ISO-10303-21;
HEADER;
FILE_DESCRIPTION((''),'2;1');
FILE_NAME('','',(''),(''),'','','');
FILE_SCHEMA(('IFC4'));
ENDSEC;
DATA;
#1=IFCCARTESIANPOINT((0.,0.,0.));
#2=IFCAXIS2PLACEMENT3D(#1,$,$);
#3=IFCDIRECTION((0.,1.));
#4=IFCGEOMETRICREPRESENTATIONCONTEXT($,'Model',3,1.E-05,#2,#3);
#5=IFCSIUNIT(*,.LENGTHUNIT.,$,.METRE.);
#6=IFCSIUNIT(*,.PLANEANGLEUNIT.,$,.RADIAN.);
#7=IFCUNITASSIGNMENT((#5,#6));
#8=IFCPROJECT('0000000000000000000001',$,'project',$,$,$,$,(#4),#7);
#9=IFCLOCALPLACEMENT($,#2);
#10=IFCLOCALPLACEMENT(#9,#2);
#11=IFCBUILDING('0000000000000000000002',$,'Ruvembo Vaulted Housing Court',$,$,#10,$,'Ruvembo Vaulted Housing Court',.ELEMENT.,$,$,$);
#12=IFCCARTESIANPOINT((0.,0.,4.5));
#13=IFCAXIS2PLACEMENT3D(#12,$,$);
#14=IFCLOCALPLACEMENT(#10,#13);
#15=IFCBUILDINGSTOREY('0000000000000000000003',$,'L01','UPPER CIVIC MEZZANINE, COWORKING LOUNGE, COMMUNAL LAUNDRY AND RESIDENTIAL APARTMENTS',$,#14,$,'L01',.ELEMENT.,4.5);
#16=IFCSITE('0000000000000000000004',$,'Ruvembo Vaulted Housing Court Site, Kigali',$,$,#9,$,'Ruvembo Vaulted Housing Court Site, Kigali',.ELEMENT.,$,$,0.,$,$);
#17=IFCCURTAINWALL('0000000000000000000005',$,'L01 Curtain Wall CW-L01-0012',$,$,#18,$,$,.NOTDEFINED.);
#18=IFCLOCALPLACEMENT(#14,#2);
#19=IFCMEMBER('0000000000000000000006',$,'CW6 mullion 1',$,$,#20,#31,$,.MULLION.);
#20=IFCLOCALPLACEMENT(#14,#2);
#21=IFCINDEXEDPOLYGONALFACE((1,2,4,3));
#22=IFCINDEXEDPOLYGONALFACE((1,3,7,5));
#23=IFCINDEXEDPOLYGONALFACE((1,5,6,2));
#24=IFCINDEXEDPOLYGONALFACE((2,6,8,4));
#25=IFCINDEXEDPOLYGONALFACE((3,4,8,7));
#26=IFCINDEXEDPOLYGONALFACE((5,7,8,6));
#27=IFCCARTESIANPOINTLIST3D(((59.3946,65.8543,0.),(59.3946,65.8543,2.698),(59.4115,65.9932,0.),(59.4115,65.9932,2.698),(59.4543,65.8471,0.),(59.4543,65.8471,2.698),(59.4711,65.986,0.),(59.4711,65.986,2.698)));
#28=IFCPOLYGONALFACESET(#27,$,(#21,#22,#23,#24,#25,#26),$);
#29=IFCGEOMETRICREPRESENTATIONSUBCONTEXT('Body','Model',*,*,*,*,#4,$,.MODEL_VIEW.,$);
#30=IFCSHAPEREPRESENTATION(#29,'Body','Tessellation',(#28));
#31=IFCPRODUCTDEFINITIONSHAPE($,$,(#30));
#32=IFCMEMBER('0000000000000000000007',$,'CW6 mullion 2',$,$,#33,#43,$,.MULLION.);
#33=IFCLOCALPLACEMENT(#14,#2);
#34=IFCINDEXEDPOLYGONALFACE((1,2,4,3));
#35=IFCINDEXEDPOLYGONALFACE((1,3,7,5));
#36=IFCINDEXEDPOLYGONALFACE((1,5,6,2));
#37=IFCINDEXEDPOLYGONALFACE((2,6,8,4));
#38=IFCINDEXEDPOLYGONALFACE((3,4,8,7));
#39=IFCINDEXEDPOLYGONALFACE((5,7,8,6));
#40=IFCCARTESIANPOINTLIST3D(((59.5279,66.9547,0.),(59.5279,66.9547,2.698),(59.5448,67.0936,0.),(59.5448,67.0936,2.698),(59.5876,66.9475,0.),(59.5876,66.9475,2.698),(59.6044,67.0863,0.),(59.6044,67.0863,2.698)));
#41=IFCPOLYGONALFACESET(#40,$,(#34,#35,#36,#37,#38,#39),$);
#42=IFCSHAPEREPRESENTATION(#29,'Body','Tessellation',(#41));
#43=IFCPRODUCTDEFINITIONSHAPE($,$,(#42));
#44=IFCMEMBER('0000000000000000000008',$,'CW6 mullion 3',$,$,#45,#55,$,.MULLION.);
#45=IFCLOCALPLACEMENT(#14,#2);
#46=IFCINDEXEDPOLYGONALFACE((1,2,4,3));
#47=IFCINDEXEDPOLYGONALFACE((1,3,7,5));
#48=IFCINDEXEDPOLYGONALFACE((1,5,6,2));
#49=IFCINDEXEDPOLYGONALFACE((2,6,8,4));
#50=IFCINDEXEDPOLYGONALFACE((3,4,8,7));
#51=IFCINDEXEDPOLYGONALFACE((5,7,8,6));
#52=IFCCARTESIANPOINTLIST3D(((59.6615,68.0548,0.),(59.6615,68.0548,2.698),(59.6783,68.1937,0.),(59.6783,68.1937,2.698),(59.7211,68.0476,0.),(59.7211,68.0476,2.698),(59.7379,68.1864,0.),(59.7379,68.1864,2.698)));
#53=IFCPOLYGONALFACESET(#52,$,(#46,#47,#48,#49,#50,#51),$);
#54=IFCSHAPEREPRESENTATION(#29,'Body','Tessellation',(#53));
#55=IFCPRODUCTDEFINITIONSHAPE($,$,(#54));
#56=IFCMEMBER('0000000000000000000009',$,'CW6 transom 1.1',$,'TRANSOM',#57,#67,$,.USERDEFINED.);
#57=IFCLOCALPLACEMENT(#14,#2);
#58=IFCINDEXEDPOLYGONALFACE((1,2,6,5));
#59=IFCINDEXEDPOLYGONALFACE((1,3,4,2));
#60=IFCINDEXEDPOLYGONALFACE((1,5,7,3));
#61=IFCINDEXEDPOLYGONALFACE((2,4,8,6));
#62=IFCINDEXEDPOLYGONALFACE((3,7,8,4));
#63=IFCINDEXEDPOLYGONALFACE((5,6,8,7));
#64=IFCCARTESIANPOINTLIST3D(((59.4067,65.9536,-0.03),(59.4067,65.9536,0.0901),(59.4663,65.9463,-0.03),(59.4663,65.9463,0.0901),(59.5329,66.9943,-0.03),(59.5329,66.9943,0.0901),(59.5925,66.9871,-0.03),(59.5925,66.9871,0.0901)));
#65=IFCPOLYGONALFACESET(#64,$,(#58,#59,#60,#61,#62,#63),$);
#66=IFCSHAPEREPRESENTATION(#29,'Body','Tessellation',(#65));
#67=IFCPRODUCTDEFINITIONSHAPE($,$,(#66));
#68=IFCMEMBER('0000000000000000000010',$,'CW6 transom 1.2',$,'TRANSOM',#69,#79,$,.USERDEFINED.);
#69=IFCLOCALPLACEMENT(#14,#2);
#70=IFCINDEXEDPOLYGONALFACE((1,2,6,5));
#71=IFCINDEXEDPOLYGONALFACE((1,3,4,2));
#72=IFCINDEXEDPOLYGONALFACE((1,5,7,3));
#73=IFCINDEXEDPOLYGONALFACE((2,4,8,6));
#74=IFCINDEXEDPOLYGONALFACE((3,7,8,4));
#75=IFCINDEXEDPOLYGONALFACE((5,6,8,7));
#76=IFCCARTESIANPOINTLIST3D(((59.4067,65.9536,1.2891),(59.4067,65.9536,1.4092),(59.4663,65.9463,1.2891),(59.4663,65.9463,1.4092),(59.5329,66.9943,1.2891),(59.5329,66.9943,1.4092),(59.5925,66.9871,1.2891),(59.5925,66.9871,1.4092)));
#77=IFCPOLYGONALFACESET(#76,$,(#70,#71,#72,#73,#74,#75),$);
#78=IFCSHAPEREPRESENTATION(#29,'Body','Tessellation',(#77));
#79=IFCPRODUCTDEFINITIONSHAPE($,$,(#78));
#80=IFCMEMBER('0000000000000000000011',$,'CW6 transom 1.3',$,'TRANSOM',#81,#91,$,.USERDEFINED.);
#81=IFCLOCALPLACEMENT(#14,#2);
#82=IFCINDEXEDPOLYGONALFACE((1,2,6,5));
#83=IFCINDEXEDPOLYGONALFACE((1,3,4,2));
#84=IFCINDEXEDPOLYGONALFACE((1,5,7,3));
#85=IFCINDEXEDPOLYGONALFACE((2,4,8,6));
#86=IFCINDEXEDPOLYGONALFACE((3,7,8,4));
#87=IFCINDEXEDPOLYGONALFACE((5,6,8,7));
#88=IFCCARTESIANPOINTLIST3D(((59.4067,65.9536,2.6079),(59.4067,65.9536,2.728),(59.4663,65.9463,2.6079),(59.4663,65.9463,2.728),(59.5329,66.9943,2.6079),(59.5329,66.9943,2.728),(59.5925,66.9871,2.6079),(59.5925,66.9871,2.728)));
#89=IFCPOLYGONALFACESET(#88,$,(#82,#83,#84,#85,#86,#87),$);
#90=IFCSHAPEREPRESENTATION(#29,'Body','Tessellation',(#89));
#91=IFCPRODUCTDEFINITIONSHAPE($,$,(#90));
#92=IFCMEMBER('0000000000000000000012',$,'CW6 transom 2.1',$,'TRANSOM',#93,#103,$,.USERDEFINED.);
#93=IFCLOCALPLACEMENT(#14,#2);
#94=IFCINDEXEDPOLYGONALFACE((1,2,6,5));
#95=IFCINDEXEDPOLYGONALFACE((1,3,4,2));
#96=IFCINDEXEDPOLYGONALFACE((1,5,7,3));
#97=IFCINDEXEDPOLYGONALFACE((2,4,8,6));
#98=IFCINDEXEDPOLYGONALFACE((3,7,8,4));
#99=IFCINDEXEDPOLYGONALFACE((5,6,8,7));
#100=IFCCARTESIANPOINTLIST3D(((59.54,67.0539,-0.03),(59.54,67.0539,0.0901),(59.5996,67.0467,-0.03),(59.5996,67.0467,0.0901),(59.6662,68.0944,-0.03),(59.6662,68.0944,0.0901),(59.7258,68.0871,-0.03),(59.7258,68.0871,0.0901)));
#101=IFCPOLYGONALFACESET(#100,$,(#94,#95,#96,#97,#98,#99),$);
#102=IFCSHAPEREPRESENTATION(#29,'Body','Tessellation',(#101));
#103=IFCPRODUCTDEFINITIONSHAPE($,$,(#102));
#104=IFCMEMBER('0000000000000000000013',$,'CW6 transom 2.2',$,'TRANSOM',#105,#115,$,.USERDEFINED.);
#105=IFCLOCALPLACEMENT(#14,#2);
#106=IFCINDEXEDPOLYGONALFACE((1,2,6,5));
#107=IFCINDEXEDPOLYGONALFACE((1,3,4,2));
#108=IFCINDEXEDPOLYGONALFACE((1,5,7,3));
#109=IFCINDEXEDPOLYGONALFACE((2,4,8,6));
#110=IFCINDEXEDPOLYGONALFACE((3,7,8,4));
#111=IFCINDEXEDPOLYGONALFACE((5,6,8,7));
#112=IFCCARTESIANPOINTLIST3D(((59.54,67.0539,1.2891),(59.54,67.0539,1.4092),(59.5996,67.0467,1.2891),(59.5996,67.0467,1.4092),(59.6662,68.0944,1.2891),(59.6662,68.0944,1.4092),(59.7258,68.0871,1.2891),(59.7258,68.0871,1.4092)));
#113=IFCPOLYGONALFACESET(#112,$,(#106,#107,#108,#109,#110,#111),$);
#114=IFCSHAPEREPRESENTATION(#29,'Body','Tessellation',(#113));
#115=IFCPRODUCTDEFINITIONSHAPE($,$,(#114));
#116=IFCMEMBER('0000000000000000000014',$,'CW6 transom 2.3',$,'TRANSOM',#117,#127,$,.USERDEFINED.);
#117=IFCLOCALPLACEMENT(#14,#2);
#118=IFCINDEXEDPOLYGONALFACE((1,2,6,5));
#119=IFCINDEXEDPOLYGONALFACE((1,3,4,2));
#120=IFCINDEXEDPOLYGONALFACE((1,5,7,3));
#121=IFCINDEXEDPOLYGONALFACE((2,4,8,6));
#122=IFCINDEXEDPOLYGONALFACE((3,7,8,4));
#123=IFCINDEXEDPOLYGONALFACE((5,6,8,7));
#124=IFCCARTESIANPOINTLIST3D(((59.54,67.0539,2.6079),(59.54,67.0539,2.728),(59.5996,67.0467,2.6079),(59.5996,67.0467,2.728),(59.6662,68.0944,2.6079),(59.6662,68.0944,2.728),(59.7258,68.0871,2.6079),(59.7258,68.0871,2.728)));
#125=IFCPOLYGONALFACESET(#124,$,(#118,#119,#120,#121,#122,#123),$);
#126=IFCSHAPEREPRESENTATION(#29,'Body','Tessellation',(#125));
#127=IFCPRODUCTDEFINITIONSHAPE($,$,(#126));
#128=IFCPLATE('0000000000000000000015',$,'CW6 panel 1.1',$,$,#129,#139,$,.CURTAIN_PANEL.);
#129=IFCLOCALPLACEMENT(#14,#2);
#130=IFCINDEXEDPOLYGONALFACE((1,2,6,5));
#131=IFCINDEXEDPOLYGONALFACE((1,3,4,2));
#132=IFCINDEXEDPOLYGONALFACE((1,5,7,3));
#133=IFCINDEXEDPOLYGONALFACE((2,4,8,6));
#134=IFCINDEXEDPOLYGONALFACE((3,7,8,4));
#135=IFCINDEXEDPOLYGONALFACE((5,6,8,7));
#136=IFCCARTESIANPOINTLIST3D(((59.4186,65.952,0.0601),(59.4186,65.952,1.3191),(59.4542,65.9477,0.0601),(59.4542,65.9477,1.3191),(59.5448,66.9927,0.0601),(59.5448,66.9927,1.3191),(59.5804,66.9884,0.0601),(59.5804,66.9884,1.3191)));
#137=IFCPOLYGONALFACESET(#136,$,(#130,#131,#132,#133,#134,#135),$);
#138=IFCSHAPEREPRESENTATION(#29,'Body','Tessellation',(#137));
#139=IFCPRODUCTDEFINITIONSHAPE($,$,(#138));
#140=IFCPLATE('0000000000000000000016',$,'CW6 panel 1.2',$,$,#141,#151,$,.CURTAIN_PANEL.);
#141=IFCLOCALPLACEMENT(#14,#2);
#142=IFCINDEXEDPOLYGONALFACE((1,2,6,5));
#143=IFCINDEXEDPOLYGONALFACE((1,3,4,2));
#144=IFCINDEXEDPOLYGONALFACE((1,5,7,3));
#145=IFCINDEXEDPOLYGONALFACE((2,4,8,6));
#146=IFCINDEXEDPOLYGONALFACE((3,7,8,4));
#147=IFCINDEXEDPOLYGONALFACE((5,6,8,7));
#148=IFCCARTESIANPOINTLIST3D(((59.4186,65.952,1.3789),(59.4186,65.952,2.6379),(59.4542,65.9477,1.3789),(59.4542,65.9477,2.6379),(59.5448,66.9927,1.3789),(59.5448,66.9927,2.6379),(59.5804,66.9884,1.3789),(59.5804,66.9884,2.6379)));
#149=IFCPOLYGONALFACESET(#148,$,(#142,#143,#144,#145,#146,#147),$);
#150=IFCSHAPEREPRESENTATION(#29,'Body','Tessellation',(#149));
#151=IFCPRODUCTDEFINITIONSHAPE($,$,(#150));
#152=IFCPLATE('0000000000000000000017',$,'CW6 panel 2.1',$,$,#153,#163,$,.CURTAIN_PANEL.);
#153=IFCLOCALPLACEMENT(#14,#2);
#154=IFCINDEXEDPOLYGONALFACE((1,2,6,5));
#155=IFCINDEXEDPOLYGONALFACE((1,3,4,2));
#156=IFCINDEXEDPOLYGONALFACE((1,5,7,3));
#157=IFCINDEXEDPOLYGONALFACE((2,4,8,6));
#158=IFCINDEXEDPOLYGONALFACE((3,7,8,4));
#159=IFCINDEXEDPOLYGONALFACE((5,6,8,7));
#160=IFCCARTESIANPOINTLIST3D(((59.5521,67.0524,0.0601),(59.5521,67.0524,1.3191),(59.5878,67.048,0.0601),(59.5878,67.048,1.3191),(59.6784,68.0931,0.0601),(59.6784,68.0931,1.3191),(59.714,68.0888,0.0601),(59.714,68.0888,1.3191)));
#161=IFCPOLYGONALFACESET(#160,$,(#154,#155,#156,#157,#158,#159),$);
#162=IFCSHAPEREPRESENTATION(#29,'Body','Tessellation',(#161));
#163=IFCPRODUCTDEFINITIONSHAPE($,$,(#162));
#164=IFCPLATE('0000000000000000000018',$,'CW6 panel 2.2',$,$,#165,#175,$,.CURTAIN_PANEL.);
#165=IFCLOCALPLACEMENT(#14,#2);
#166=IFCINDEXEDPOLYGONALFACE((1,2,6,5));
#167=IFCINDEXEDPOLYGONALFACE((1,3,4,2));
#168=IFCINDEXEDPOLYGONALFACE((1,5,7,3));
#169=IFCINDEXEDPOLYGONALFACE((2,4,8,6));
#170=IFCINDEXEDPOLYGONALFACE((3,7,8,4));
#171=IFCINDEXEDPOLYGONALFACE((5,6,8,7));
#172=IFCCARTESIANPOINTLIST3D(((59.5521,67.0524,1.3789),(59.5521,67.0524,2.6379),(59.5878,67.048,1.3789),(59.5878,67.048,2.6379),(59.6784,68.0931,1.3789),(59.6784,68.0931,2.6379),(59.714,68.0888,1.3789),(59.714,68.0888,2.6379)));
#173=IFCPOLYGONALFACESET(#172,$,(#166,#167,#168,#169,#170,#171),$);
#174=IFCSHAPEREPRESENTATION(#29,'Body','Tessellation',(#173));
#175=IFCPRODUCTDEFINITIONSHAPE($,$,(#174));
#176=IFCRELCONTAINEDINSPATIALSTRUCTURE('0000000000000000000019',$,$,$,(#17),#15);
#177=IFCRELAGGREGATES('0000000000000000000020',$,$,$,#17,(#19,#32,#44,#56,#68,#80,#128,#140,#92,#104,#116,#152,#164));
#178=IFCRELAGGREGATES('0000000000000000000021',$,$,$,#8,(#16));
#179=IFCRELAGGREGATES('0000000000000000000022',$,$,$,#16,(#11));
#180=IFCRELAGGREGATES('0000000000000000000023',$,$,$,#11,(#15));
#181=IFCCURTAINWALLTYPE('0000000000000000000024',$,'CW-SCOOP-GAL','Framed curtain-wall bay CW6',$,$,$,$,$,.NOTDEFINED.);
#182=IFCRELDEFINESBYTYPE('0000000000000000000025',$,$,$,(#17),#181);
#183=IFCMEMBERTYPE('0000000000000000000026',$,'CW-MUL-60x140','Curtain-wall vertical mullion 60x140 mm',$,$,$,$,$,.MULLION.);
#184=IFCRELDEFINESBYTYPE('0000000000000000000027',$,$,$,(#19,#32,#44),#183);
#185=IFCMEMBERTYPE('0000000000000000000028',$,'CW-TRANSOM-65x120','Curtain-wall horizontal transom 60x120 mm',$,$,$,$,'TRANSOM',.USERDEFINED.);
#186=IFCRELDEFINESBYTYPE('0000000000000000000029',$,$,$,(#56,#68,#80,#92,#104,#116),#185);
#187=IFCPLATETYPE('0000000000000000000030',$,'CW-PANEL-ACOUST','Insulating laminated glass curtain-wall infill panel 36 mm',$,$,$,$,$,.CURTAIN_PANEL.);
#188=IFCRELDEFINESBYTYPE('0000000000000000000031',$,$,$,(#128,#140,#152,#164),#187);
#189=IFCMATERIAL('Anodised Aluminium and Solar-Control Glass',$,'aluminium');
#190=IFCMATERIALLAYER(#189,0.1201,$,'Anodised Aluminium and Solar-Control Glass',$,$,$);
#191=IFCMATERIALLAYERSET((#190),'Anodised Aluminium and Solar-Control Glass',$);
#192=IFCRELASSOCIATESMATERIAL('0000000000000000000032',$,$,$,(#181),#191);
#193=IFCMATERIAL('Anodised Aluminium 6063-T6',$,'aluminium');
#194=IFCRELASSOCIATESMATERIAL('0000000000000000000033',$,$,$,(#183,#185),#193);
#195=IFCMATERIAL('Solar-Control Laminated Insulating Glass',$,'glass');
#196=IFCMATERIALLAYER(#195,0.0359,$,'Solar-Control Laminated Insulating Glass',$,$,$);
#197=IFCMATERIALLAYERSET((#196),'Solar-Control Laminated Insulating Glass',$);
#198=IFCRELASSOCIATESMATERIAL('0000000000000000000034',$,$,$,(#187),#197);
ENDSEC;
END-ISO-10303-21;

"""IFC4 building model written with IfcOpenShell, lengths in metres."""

from ifc_helpers import new_model, si_unit, direction, frame, origin, origin_2d, place, context, subcontext, project, spatial, rectangle, extrude, material, layer, layer_set, material_profile, profile_set, type_object, element, aggregate, save


model = new_model("IFC4")

# Units and contexts
model_context = context("Model", 3, precision=1e-05, world=origin(), true_north=direction((0.0, 1.0)))
body_context = subcontext(model_context, "Body", "Model", "MODEL_VIEW")
ifc_project = project(units=[si_unit("LENGTHUNIT", "METRE"), si_unit("PLANEANGLEUNIT", "RADIAN")], contexts=[model_context])

# Site, building, storey
site_placement = place(None, origin())
site = spatial("IfcSite", under=ifc_project, at=site_placement, Name="Ruvembo Vaulted Housing Court Site, Kigali", LongName="Ruvembo Vaulted Housing Court Site, Kigali", CompositionType="ELEMENT", RefElevation=0.0)
building_placement = place(site_placement, origin())
building = spatial("IfcBuilding", under=site, at=building_placement, Name="Ruvembo Vaulted Housing Court", LongName="Ruvembo Vaulted Housing Court", CompositionType="ELEMENT")
storey_placement = place(building_placement, frame((0.0, 0.0, 4.5)))
storey = spatial("IfcBuildingStorey", under=building, at=storey_placement, Name="L01", Description="UPPER CIVIC MEZZANINE, COWORKING LOUNGE, COMMUNAL LAUNDRY AND RESIDENTIAL APARTMENTS", LongName="L01", CompositionType="ELEMENT", Elevation=4.5)

# Curtain wall, members, plates
ifc_material_1 = material(Name="Anodised Aluminium and Solar-Control Glass", Category="aluminium")
ifc_layer_1 = layer(ifc_material_1, 0.1201, Name="Anodised Aluminium and Solar-Control Glass")
ifc_layer_set_1 = layer_set([ifc_layer_1], Name="Anodised Aluminium and Solar-Control Glass")
curtain_wall_type = type_object("IfcCurtainWallType", Name="CW-SCOOP-GAL", Description="Framed curtain-wall bay CW6", PredefinedType="NOTDEFINED", material=ifc_layer_set_1)
curtain_wall_placement = place(storey_placement, origin())
curtain_wall = element("IfcCurtainWall", 1, at=curtain_wall_placement, inside=storey, type_object=curtain_wall_type, Name="L01 Curtain Wall CW-L01-0012", PredefinedType="NOTDEFINED")
ifc_material_2 = material(Name="Anodised Aluminium 6063-T6", Category="aluminium")
ifc_material_profile_1 = material_profile(ifc_material_2, rectangle(XDim=0.0601, YDim=0.1399, at=origin_2d()), Name="ALU 60x140")
ifc_profile_set_1 = profile_set([ifc_material_profile_1], Name="Anodised Aluminium 6063-T6")
member_type_1 = type_object("IfcMemberType", Name="CW-MUL-60x140", Description="Curtain-wall vertical mullion 60x140 mm", PredefinedType="MULLION", material=ifc_profile_set_1)
member_1_placement = place(storey_placement, frame((59.4329, 65.9202, 0.0), z_axis=(0.0, 0.0, 1.0), x_axis=(-0.992725, 0.120401, 0.0)))
member_1 = element("IfcMember", 2, at=member_1_placement, type_object=member_type_1, Name="CW6 mullion 1", PredefinedType="MULLION", context=body_context, shape_type="SweptSolid", body=[
    extrude(rectangle(XDim=0.0601, YDim=0.1399, at=origin_2d()), origin(), (0.0, 0.0, 1.0), 2.698),
])
member_2_placement = place(storey_placement, frame((59.5662, 67.0205, 0.0), z_axis=(0.0, 0.0, 1.0), x_axis=(-0.992725, 0.120401, 0.0)))
member_2 = element("IfcMember", 3, at=member_2_placement, type_object=member_type_1, Name="CW6 mullion 2", PredefinedType="MULLION", context=body_context, shape_type="SweptSolid", body=[
    extrude(rectangle(XDim=0.0601, YDim=0.1399, at=origin_2d()), origin(), (0.0, 0.0, 1.0), 2.698),
])
member_3_placement = place(storey_placement, frame((59.6997, 68.1206, 0.0), z_axis=(0.0, 0.0, 1.0), x_axis=(-0.992725, 0.120401, 0.0)))
member_3 = element("IfcMember", 4, at=member_3_placement, type_object=member_type_1, Name="CW6 mullion 3", PredefinedType="MULLION", context=body_context, shape_type="SweptSolid", body=[
    extrude(rectangle(XDim=0.0601, YDim=0.1399, at=origin_2d()), origin(), (0.0, 0.0, 1.0), 2.698),
])
ifc_material_profile_2 = material_profile(ifc_material_2, rectangle(XDim=0.0601, YDim=0.1201, at=origin_2d()), Name="ALU 60x120")
ifc_profile_set_2 = profile_set([ifc_material_profile_2], Name="Anodised Aluminium 6063-T6")
member_type_2 = type_object("IfcMemberType", Name="CW-TRANSOM-65x120", Description="Curtain-wall horizontal transom 60x120 mm", ElementType="TRANSOM", PredefinedType="USERDEFINED", material=ifc_profile_set_2)
member_4_placement = place(storey_placement, frame((59.4365, 65.95, 0.03), z_axis=(0.120394, 0.992726, 0.0), x_axis=(-0.992726, 0.120394, 0.0)))
member_4 = element("IfcMember", 5, at=member_4_placement, type_object=member_type_2, Name="CW6 transom 1.1", ObjectType="TRANSOM", PredefinedType="USERDEFINED", context=body_context, shape_type="SweptSolid", body=[
    extrude(rectangle(XDim=0.0601, YDim=0.1201, at=origin_2d()), origin(), (0.0, 0.0, 1.0), 1.0483),
])
member_5_placement = place(storey_placement, frame((59.4365, 65.95, 1.3491), z_axis=(0.120394, 0.992726, 0.0), x_axis=(-0.992726, 0.120394, 0.0)))
member_5 = element("IfcMember", 6, at=member_5_placement, type_object=member_type_2, Name="CW6 transom 1.2", ObjectType="TRANSOM", PredefinedType="USERDEFINED", context=body_context, shape_type="SweptSolid", body=[
    extrude(rectangle(XDim=0.0601, YDim=0.1201, at=origin_2d()), origin(), (0.0, 0.0, 1.0), 1.0483),
])
member_6_placement = place(storey_placement, frame((59.4365, 65.95, 2.668), z_axis=(0.120394, 0.992726, 0.0), x_axis=(-0.992726, 0.120394, 0.0)))
member_6 = element("IfcMember", 7, at=member_6_placement, type_object=member_type_2, Name="CW6 transom 1.3", ObjectType="TRANSOM", PredefinedType="USERDEFINED", context=body_context, shape_type="SweptSolid", body=[
    extrude(rectangle(XDim=0.0601, YDim=0.1201, at=origin_2d()), origin(), (0.0, 0.0, 1.0), 1.0483),
])
member_7_placement = place(storey_placement, frame((59.5698, 67.0503, 0.03), z_axis=(0.120422, 0.992723, 0.0), x_axis=(-0.992723, 0.120422, 0.0)))
member_7 = element("IfcMember", 8, at=member_7_placement, type_object=member_type_2, Name="CW6 transom 2.1", ObjectType="TRANSOM", PredefinedType="USERDEFINED", context=body_context, shape_type="SweptSolid", body=[
    extrude(rectangle(XDim=0.0601, YDim=0.1201, at=origin_2d()), origin(), (0.0, 0.0, 1.0), 1.0481),
])
member_8_placement = place(storey_placement, frame((59.5698, 67.0503, 1.3491), z_axis=(0.120422, 0.992723, 0.0), x_axis=(-0.992723, 0.120422, 0.0)))
member_8 = element("IfcMember", 9, at=member_8_placement, type_object=member_type_2, Name="CW6 transom 2.2", ObjectType="TRANSOM", PredefinedType="USERDEFINED", context=body_context, shape_type="SweptSolid", body=[
    extrude(rectangle(XDim=0.0601, YDim=0.1201, at=origin_2d()), origin(), (0.0, 0.0, 1.0), 1.0481),
])
member_9_placement = place(storey_placement, frame((59.5698, 67.0503, 2.668), z_axis=(0.120422, 0.992723, 0.0), x_axis=(-0.992723, 0.120422, 0.0)))
member_9 = element("IfcMember", 10, at=member_9_placement, type_object=member_type_2, Name="CW6 transom 2.3", ObjectType="TRANSOM", PredefinedType="USERDEFINED", context=body_context, shape_type="SweptSolid", body=[
    extrude(rectangle(XDim=0.0601, YDim=0.1201, at=origin_2d()), origin(), (0.0, 0.0, 1.0), 1.0481),
])
ifc_material_3 = material(Name="Solar-Control Laminated Insulating Glass", Category="glass")
ifc_layer_2 = layer(ifc_material_3, 0.0359, Name="Solar-Control Laminated Insulating Glass")
ifc_layer_set_2 = layer_set([ifc_layer_2], Name="Solar-Control Laminated Insulating Glass")
plate_type = type_object("IfcPlateType", Name="CW-PANEL-ACOUST", Description="Insulating laminated glass curtain-wall infill panel 36 mm", PredefinedType="CURTAIN_PANEL", material=ifc_layer_set_2)
plate_1_placement = place(storey_placement, frame((59.4995, 66.4702, 0.0601), z_axis=(0.0, 0.0, 1.0), x_axis=(0.120401, 0.992725, 0.0)))
plate_1 = element("IfcPlate", 11, at=plate_1_placement, type_object=plate_type, Name="CW6 panel 1.1", PredefinedType="CURTAIN_PANEL", context=body_context, shape_type="SweptSolid", body=[
    extrude(rectangle(XDim=1.0483, YDim=0.0359, at=origin_2d()), origin(), (0.0, 0.0, 1.0), 1.259),
])
plate_2_placement = place(storey_placement, frame((59.4995, 66.4702, 1.3789), z_axis=(0.0, 0.0, 1.0), x_axis=(0.120401, 0.992725, 0.0)))
plate_2 = element("IfcPlate", 12, at=plate_2_placement, type_object=plate_type, Name="CW6 panel 1.2", PredefinedType="CURTAIN_PANEL", context=body_context, shape_type="SweptSolid", body=[
    extrude(rectangle(XDim=1.0483, YDim=0.0359, at=origin_2d()), origin(), (0.0, 0.0, 1.0), 1.259),
])
plate_3_placement = place(storey_placement, frame((59.6331, 67.5706, 0.0601), z_axis=(0.0, 0.0, 1.0), x_axis=(0.120401, 0.992725, 0.0)))
plate_3 = element("IfcPlate", 13, at=plate_3_placement, type_object=plate_type, Name="CW6 panel 2.1", PredefinedType="CURTAIN_PANEL", context=body_context, shape_type="SweptSolid", body=[
    extrude(rectangle(XDim=1.0483, YDim=0.0359, at=origin_2d()), origin(), (0.0, 0.0, 1.0), 1.259),
])
plate_4_placement = place(storey_placement, frame((59.6331, 67.5706, 1.3789), z_axis=(0.0, 0.0, 1.0), x_axis=(0.120401, 0.992725, 0.0)))
plate_4 = element("IfcPlate", 14, at=plate_4_placement, type_object=plate_type, Name="CW6 panel 2.2", PredefinedType="CURTAIN_PANEL", context=body_context, shape_type="SweptSolid", body=[
    extrude(rectangle(XDim=1.0483, YDim=0.0359, at=origin_2d()), origin(), (0.0, 0.0, 1.0), 1.259),
])
aggregate(curtain_wall, [member_1, member_2, member_3, member_4, member_5, member_6, plate_1, plate_2, member_7, member_8, member_9, plate_3, plate_4])

save(model, "model.ifc")
